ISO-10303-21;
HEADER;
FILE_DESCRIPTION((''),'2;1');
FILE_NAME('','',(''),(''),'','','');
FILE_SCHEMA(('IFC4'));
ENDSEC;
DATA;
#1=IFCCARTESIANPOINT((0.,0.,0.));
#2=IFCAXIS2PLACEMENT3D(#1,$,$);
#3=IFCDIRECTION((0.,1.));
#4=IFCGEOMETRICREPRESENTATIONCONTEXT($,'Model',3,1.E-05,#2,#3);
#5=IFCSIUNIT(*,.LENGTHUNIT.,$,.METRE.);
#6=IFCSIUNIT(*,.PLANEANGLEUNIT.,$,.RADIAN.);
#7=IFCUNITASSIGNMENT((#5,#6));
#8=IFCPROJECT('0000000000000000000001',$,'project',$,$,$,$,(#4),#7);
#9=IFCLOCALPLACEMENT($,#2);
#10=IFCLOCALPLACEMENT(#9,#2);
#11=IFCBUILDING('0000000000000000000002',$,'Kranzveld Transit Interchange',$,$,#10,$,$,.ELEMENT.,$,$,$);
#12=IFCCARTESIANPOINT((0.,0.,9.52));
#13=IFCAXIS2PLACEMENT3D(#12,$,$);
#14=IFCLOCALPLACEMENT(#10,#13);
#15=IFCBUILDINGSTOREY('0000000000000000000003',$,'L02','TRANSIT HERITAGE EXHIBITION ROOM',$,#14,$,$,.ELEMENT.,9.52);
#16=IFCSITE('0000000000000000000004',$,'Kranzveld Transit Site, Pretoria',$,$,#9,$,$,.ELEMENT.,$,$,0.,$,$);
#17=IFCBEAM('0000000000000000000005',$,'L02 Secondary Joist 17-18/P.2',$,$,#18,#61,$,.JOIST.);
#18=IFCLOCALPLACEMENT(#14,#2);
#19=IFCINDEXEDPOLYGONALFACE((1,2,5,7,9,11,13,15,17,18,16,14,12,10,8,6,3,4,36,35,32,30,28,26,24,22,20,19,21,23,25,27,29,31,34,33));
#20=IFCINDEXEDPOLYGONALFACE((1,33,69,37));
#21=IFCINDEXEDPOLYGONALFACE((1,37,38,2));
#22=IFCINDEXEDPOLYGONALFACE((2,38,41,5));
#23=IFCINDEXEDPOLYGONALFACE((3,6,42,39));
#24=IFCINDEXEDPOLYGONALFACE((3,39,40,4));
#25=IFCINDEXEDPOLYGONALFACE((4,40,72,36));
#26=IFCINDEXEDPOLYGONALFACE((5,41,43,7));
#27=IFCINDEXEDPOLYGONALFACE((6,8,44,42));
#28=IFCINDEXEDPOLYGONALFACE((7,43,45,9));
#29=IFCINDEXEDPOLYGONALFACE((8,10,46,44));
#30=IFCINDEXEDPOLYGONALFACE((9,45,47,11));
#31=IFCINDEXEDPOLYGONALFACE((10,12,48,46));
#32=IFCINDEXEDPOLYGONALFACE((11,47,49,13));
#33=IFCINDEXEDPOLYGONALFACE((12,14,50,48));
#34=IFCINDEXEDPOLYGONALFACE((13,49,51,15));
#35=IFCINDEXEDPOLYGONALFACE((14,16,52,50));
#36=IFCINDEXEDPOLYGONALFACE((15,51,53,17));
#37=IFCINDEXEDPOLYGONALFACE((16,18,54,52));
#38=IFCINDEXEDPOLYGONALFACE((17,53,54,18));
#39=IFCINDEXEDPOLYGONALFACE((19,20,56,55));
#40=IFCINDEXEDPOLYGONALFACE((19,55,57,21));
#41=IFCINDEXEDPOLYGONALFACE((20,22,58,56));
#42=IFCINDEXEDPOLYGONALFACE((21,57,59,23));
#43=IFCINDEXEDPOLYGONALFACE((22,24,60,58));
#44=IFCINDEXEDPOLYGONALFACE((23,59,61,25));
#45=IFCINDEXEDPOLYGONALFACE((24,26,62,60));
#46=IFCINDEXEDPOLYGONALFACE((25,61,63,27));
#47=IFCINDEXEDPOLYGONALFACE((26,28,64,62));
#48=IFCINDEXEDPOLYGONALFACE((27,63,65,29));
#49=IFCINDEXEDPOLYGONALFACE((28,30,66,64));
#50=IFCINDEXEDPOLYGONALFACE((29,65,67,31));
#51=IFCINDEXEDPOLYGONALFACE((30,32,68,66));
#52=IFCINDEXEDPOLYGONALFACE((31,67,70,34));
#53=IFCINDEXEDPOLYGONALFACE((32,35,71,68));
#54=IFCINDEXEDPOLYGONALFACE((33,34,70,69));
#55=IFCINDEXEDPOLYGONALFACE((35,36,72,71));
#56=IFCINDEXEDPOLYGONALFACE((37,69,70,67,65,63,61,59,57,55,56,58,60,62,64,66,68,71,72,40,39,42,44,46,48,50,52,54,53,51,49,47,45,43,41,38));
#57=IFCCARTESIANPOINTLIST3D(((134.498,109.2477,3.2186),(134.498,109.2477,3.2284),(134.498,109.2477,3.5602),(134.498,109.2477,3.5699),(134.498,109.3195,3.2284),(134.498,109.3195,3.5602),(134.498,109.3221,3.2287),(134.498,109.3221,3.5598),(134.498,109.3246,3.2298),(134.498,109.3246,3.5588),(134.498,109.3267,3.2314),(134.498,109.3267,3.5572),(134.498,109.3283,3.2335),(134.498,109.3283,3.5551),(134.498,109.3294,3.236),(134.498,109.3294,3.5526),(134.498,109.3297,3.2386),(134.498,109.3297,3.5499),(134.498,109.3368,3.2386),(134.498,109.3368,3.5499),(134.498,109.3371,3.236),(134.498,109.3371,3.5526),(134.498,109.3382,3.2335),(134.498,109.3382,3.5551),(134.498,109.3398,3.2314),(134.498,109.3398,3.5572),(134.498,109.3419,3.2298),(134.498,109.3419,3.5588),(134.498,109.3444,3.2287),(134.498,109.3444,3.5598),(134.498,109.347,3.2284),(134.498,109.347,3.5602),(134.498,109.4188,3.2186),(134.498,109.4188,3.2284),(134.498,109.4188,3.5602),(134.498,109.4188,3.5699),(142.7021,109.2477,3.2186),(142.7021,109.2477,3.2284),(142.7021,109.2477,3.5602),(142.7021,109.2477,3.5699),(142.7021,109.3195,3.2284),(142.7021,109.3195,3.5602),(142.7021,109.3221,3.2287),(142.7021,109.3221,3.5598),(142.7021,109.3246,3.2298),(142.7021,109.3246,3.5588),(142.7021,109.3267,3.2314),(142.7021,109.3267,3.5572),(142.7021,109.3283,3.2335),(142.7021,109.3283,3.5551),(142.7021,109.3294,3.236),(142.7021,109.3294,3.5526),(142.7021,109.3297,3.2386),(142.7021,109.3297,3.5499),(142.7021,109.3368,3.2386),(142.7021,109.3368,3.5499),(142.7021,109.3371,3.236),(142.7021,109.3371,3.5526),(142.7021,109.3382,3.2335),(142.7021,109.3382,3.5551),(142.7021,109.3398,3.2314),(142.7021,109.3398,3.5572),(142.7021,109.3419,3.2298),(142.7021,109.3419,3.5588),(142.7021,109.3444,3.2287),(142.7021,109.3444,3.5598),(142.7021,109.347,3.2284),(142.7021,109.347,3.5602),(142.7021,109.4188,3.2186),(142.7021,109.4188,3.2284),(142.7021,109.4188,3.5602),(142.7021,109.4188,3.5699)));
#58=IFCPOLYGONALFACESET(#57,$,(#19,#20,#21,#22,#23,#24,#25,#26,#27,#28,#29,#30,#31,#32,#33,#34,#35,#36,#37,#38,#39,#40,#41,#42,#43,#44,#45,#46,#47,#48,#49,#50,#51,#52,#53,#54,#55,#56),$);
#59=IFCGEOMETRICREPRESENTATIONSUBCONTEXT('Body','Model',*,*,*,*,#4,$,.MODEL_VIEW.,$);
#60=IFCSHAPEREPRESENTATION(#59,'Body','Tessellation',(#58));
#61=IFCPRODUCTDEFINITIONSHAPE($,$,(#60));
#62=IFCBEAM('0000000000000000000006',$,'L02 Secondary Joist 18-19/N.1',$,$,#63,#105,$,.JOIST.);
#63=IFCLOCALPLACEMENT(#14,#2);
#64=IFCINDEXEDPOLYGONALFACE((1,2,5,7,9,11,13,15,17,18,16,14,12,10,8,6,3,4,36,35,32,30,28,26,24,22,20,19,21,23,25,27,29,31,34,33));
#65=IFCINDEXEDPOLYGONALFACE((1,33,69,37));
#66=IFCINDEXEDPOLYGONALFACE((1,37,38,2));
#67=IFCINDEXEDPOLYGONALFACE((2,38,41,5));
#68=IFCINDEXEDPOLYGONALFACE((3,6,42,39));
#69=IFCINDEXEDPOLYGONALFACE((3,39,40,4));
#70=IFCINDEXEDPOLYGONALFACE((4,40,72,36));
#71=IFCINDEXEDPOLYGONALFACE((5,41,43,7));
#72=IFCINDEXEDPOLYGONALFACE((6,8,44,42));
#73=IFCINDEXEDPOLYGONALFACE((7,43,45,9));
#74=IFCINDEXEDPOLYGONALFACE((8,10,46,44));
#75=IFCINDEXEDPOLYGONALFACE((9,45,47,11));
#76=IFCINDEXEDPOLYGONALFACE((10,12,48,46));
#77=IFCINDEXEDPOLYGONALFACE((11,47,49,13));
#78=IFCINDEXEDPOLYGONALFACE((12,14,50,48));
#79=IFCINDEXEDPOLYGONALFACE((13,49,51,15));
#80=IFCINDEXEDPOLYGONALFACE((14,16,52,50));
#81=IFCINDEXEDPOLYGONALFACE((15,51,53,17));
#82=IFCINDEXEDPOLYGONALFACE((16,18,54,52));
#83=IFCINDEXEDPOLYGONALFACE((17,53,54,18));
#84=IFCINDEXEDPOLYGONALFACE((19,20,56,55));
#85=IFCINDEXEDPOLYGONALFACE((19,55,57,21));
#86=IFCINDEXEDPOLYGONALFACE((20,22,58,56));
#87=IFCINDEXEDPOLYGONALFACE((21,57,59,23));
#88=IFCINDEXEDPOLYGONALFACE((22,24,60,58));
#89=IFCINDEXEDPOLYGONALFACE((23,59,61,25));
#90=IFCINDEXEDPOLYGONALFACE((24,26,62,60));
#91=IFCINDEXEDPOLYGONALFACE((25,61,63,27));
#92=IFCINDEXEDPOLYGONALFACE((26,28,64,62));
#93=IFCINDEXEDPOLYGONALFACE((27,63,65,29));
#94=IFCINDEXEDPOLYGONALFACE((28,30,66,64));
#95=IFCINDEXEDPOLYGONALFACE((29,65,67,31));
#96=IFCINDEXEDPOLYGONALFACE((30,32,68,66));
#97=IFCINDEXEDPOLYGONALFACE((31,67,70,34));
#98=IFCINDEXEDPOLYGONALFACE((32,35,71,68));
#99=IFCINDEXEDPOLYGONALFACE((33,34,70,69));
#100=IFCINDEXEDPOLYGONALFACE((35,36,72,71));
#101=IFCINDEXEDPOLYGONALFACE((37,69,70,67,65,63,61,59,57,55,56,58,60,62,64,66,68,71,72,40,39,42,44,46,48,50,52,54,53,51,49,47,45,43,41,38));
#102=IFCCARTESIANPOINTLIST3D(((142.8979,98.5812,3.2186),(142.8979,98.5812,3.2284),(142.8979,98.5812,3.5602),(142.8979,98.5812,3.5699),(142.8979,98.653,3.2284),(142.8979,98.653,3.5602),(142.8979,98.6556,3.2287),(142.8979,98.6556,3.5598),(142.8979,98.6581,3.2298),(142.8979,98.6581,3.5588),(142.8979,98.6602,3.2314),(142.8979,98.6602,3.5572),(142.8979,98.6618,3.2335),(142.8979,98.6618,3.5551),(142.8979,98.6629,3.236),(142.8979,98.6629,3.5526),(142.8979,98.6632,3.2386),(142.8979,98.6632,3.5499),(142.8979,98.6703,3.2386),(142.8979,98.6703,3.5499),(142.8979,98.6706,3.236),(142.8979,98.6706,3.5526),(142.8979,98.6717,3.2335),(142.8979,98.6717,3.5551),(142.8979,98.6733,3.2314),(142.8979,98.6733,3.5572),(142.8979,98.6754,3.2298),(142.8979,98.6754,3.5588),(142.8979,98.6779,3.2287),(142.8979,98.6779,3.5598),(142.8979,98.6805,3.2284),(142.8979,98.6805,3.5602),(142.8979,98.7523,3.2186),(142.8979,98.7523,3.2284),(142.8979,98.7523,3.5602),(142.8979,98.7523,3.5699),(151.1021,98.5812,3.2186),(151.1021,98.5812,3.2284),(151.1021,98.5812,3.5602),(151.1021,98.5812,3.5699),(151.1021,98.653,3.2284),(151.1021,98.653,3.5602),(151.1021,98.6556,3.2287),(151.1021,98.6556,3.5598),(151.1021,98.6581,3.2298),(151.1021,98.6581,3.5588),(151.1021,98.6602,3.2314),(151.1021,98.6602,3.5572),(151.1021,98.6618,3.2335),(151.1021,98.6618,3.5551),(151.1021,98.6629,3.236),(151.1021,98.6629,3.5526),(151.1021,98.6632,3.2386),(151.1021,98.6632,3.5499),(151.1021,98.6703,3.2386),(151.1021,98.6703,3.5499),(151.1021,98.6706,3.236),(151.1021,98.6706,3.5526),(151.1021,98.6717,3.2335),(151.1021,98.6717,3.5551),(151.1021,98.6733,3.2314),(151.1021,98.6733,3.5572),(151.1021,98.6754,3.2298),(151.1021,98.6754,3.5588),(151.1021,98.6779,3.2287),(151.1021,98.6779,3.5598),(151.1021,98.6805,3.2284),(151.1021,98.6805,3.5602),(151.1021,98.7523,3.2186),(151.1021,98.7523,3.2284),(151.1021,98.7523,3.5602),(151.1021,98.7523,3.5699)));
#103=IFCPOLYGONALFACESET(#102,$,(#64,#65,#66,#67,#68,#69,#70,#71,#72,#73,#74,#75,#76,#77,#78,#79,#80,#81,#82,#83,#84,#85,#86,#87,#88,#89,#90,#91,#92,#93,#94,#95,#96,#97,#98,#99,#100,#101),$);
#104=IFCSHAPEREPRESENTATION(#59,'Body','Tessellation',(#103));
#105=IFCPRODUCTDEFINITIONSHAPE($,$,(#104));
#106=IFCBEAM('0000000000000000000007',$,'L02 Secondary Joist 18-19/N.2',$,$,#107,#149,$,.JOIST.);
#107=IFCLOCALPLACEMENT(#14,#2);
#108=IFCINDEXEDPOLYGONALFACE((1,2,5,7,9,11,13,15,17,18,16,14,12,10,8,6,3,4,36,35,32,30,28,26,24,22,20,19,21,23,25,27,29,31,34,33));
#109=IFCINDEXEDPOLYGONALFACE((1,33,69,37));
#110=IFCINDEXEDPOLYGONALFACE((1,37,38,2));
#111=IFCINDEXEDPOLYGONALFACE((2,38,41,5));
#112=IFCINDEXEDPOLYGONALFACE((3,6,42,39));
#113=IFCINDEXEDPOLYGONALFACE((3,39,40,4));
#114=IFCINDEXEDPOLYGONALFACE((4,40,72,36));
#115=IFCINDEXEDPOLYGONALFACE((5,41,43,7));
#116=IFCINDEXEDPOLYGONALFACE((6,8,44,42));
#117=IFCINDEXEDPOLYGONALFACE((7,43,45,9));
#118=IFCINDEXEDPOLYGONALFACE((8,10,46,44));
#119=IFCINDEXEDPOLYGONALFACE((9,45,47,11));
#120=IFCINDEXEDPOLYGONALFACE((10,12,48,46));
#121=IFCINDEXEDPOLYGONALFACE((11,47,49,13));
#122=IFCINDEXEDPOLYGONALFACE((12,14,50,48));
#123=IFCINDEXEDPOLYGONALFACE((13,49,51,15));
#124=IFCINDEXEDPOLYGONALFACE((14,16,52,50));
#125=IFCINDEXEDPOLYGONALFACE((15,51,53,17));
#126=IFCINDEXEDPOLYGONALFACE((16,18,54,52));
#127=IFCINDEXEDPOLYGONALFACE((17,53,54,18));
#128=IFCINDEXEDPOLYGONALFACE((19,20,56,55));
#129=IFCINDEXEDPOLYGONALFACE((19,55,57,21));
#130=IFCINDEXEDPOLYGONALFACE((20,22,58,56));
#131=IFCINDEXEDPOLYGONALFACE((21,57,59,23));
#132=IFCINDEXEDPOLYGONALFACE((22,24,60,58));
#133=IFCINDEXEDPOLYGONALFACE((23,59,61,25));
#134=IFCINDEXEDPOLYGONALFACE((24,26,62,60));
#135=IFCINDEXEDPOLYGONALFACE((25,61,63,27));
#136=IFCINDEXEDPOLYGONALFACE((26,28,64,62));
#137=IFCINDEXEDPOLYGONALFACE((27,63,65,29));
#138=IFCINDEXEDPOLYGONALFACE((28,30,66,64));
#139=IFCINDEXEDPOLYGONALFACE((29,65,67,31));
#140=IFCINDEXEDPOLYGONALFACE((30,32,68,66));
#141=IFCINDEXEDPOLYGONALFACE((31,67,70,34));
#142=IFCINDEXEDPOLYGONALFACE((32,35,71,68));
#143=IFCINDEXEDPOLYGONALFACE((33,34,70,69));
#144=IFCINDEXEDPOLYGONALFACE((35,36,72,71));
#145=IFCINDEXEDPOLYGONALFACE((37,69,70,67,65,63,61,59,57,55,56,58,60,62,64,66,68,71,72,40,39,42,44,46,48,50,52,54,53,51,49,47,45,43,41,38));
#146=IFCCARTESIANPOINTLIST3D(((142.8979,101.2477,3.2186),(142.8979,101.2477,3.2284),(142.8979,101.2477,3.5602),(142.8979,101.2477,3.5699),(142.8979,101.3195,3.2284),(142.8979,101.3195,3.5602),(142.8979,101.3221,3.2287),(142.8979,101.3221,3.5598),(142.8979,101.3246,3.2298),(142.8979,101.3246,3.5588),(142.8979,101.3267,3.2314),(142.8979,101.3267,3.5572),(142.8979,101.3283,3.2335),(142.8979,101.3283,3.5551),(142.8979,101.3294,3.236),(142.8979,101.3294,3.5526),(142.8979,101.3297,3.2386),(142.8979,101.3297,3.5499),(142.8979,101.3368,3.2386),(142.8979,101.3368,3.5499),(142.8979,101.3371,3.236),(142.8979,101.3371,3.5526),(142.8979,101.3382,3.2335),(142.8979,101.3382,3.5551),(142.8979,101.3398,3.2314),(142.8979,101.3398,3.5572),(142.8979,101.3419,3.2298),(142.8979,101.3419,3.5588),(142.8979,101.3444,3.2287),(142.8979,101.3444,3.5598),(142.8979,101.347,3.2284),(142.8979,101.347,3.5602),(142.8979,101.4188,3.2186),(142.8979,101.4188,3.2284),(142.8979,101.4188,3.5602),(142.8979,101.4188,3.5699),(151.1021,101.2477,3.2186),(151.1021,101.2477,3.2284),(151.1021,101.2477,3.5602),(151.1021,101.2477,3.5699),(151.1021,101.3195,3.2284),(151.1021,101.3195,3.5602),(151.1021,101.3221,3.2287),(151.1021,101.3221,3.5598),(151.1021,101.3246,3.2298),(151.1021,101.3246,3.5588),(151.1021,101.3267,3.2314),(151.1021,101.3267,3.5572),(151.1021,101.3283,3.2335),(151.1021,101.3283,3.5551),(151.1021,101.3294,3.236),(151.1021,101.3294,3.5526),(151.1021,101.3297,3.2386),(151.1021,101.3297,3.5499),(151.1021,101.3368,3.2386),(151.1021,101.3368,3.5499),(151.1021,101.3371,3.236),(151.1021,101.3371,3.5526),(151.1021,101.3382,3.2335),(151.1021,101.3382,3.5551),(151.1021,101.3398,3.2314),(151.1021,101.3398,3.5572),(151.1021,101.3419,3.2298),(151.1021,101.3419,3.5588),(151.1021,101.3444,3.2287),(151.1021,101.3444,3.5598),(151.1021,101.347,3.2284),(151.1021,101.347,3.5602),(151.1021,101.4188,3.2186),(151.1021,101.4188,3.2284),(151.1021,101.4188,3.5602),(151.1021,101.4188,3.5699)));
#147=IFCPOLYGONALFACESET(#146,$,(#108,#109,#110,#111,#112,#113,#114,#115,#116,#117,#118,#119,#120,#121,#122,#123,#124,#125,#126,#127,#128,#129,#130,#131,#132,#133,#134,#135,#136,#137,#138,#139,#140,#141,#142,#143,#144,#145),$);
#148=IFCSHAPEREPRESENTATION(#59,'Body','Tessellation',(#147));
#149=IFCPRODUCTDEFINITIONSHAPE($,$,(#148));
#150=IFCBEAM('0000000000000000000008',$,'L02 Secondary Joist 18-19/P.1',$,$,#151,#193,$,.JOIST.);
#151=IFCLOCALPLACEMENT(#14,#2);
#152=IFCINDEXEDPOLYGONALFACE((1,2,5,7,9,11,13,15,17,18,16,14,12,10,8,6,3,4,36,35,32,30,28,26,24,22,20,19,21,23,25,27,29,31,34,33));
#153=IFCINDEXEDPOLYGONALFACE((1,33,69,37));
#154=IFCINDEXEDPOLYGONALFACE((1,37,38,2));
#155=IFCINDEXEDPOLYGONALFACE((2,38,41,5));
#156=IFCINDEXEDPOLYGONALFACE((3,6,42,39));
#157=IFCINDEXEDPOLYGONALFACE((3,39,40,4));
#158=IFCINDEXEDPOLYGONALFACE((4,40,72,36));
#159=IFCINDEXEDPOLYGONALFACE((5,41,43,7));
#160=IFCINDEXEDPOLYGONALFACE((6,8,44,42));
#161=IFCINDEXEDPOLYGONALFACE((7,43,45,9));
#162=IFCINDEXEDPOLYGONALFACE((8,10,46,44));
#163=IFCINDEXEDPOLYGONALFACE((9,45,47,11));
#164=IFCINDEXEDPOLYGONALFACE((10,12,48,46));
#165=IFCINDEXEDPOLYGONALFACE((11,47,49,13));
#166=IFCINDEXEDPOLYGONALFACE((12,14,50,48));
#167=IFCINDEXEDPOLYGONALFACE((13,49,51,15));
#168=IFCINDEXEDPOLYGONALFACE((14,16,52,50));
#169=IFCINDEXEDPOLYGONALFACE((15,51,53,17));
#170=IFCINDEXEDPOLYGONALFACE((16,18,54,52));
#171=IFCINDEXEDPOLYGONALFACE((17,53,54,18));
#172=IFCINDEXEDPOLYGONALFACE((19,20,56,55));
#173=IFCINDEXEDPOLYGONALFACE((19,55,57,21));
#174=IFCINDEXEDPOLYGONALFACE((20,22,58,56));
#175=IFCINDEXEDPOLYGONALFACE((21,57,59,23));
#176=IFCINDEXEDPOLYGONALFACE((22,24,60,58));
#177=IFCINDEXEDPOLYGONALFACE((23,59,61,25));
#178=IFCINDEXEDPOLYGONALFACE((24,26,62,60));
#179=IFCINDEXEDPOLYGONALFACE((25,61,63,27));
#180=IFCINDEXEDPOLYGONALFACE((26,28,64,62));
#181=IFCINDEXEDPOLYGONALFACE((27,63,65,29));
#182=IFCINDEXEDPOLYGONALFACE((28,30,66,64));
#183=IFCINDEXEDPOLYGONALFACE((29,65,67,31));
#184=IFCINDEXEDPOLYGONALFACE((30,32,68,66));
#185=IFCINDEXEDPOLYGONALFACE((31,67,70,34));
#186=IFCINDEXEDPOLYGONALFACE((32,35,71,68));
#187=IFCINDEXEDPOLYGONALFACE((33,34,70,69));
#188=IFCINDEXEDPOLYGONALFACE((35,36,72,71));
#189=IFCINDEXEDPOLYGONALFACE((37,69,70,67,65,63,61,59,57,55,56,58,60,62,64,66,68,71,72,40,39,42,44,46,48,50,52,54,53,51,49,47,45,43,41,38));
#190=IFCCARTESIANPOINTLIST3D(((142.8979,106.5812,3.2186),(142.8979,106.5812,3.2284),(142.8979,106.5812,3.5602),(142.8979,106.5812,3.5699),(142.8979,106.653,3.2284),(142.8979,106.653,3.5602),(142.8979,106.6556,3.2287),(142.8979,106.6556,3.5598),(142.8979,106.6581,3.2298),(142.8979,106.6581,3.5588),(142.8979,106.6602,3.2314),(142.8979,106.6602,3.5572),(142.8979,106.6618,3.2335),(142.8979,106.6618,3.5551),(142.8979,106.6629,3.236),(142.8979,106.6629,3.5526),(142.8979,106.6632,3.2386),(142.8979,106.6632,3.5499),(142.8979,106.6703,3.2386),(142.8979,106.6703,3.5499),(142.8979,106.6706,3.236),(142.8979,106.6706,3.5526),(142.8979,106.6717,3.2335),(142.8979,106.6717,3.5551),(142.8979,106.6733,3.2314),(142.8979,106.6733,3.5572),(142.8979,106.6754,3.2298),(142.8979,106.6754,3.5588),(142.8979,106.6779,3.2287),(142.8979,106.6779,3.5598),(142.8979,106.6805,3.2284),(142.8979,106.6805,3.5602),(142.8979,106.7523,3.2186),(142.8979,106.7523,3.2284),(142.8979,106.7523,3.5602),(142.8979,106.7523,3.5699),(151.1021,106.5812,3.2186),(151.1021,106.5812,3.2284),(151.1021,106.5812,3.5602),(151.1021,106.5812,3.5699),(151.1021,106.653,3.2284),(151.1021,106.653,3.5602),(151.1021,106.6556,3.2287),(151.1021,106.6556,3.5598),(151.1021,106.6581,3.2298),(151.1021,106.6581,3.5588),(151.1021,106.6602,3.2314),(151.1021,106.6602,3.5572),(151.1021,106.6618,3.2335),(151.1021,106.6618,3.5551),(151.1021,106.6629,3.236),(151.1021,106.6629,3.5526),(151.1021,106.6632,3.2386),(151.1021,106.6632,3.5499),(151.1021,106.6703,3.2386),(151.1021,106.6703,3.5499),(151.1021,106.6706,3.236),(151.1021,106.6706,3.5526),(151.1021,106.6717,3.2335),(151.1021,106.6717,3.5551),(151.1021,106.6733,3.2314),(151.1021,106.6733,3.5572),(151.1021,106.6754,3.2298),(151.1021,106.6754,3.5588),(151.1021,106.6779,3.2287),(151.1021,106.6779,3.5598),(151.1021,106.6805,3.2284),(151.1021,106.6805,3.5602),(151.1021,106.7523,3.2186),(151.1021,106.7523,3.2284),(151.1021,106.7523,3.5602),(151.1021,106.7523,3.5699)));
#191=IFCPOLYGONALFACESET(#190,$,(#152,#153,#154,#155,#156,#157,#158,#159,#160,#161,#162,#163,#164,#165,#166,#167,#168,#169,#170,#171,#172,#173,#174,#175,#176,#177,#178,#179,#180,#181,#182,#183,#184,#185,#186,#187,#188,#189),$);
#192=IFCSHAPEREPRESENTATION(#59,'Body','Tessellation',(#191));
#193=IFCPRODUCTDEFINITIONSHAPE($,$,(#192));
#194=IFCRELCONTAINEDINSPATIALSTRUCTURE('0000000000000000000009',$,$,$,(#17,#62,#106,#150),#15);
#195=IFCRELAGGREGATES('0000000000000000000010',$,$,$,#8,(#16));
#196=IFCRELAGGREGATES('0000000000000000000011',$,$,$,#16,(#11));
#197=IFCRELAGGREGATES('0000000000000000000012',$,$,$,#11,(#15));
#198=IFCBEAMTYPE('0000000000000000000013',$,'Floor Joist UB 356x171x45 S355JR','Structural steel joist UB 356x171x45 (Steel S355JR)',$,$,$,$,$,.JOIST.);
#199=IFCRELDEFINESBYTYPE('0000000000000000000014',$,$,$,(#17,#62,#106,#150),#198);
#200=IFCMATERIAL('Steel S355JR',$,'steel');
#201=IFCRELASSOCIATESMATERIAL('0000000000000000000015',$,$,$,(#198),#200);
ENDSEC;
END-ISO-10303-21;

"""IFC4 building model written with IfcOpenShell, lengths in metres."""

from ifc_helpers import new_model, si_unit, direction, frame, origin, origin_2d, place, context, subcontext, project, spatial, i_section, extrude, material, material_profile, profile_set, type_object, element, save


model = new_model("IFC4")

# Units and contexts
model_context = context("Model", 3, precision=1e-05, world=origin(), true_north=direction((0.0, 1.0)))
body_context = subcontext(model_context, "Body", "Model", "MODEL_VIEW")
ifc_project = project(units=[si_unit("LENGTHUNIT", "METRE"), si_unit("PLANEANGLEUNIT", "RADIAN")], contexts=[model_context])

# Site, building, storey
site_placement = place(None, origin())
site = spatial("IfcSite", under=ifc_project, at=site_placement, Name="Kranzveld Transit Site, Pretoria", CompositionType="ELEMENT", RefElevation=0.0)
building_placement = place(site_placement, origin())
building = spatial("IfcBuilding", under=site, at=building_placement, Name="Kranzveld Transit Interchange", CompositionType="ELEMENT")
storey_placement = place(building_placement, frame((0.0, 0.0, 9.52)))
storey = spatial("IfcBuildingStorey", under=building, at=storey_placement, Name="L02", Description="TRANSIT HERITAGE EXHIBITION ROOM", CompositionType="ELEMENT", Elevation=9.52)

# Beams
ifc_material_1 = material(Name="Steel S355JR", Category="steel")
ifc_material_profile_1 = material_profile(ifc_material_1, i_section(OverallWidth=0.1711, OverallDepth=0.3513, WebThickness=0.0071, FlangeThickness=0.0098, FilletRadius=0.0103, at=origin_2d()), Name="UB 356x171x45")
ifc_profile_set_1 = profile_set([ifc_material_profile_1], Name="Steel S355JR")
beam_type_1 = type_object("IfcBeamType", Name="Floor Joist UB 356x171x45 S355JR", Description="Structural steel joist UB 356x171x45 (Steel S355JR)", PredefinedType="JOIST", material=ifc_profile_set_1)
for number, where, z_axis, x_axis, name in (
    (1, (134.498, 109.3333, 3.3943), (1.0, 0.0, 0.0), (0.0, 1.0, 0.0), "L02 Secondary Joist 17-18/P.2"),
    (2, (142.8979, 98.6667, 3.3943), (1.0, 0.0, 0.0), (0.0, 1.0, 0.0), "L02 Secondary Joist 18-19/N.1"),
    (3, (142.8979, 101.3333, 3.3943), (1.0, 0.0, 0.0), (0.0, 1.0, 0.0), "L02 Secondary Joist 18-19/N.2"),
    (4, (142.8979, 106.6667, 3.3943), (1.0, 0.0, 0.0), (0.0, 1.0, 0.0), "L02 Secondary Joist 18-19/P.1"),
):
    element("IfcBeam", number, at=place(storey_placement, frame(where, z_axis=z_axis, x_axis=x_axis)), inside=storey, type_object=beam_type_1, Name=name, PredefinedType="JOIST", context=body_context, shape_type="SweptSolid", body=[
        extrude(i_section(OverallWidth=0.1711, OverallDepth=0.3513, WebThickness=0.0071, FlangeThickness=0.0098, FilletRadius=0.0103, at=origin_2d()), origin(), (0.0, 0.0, 1.0), 8.2041),
    ])

save(model, "model.ifc")
